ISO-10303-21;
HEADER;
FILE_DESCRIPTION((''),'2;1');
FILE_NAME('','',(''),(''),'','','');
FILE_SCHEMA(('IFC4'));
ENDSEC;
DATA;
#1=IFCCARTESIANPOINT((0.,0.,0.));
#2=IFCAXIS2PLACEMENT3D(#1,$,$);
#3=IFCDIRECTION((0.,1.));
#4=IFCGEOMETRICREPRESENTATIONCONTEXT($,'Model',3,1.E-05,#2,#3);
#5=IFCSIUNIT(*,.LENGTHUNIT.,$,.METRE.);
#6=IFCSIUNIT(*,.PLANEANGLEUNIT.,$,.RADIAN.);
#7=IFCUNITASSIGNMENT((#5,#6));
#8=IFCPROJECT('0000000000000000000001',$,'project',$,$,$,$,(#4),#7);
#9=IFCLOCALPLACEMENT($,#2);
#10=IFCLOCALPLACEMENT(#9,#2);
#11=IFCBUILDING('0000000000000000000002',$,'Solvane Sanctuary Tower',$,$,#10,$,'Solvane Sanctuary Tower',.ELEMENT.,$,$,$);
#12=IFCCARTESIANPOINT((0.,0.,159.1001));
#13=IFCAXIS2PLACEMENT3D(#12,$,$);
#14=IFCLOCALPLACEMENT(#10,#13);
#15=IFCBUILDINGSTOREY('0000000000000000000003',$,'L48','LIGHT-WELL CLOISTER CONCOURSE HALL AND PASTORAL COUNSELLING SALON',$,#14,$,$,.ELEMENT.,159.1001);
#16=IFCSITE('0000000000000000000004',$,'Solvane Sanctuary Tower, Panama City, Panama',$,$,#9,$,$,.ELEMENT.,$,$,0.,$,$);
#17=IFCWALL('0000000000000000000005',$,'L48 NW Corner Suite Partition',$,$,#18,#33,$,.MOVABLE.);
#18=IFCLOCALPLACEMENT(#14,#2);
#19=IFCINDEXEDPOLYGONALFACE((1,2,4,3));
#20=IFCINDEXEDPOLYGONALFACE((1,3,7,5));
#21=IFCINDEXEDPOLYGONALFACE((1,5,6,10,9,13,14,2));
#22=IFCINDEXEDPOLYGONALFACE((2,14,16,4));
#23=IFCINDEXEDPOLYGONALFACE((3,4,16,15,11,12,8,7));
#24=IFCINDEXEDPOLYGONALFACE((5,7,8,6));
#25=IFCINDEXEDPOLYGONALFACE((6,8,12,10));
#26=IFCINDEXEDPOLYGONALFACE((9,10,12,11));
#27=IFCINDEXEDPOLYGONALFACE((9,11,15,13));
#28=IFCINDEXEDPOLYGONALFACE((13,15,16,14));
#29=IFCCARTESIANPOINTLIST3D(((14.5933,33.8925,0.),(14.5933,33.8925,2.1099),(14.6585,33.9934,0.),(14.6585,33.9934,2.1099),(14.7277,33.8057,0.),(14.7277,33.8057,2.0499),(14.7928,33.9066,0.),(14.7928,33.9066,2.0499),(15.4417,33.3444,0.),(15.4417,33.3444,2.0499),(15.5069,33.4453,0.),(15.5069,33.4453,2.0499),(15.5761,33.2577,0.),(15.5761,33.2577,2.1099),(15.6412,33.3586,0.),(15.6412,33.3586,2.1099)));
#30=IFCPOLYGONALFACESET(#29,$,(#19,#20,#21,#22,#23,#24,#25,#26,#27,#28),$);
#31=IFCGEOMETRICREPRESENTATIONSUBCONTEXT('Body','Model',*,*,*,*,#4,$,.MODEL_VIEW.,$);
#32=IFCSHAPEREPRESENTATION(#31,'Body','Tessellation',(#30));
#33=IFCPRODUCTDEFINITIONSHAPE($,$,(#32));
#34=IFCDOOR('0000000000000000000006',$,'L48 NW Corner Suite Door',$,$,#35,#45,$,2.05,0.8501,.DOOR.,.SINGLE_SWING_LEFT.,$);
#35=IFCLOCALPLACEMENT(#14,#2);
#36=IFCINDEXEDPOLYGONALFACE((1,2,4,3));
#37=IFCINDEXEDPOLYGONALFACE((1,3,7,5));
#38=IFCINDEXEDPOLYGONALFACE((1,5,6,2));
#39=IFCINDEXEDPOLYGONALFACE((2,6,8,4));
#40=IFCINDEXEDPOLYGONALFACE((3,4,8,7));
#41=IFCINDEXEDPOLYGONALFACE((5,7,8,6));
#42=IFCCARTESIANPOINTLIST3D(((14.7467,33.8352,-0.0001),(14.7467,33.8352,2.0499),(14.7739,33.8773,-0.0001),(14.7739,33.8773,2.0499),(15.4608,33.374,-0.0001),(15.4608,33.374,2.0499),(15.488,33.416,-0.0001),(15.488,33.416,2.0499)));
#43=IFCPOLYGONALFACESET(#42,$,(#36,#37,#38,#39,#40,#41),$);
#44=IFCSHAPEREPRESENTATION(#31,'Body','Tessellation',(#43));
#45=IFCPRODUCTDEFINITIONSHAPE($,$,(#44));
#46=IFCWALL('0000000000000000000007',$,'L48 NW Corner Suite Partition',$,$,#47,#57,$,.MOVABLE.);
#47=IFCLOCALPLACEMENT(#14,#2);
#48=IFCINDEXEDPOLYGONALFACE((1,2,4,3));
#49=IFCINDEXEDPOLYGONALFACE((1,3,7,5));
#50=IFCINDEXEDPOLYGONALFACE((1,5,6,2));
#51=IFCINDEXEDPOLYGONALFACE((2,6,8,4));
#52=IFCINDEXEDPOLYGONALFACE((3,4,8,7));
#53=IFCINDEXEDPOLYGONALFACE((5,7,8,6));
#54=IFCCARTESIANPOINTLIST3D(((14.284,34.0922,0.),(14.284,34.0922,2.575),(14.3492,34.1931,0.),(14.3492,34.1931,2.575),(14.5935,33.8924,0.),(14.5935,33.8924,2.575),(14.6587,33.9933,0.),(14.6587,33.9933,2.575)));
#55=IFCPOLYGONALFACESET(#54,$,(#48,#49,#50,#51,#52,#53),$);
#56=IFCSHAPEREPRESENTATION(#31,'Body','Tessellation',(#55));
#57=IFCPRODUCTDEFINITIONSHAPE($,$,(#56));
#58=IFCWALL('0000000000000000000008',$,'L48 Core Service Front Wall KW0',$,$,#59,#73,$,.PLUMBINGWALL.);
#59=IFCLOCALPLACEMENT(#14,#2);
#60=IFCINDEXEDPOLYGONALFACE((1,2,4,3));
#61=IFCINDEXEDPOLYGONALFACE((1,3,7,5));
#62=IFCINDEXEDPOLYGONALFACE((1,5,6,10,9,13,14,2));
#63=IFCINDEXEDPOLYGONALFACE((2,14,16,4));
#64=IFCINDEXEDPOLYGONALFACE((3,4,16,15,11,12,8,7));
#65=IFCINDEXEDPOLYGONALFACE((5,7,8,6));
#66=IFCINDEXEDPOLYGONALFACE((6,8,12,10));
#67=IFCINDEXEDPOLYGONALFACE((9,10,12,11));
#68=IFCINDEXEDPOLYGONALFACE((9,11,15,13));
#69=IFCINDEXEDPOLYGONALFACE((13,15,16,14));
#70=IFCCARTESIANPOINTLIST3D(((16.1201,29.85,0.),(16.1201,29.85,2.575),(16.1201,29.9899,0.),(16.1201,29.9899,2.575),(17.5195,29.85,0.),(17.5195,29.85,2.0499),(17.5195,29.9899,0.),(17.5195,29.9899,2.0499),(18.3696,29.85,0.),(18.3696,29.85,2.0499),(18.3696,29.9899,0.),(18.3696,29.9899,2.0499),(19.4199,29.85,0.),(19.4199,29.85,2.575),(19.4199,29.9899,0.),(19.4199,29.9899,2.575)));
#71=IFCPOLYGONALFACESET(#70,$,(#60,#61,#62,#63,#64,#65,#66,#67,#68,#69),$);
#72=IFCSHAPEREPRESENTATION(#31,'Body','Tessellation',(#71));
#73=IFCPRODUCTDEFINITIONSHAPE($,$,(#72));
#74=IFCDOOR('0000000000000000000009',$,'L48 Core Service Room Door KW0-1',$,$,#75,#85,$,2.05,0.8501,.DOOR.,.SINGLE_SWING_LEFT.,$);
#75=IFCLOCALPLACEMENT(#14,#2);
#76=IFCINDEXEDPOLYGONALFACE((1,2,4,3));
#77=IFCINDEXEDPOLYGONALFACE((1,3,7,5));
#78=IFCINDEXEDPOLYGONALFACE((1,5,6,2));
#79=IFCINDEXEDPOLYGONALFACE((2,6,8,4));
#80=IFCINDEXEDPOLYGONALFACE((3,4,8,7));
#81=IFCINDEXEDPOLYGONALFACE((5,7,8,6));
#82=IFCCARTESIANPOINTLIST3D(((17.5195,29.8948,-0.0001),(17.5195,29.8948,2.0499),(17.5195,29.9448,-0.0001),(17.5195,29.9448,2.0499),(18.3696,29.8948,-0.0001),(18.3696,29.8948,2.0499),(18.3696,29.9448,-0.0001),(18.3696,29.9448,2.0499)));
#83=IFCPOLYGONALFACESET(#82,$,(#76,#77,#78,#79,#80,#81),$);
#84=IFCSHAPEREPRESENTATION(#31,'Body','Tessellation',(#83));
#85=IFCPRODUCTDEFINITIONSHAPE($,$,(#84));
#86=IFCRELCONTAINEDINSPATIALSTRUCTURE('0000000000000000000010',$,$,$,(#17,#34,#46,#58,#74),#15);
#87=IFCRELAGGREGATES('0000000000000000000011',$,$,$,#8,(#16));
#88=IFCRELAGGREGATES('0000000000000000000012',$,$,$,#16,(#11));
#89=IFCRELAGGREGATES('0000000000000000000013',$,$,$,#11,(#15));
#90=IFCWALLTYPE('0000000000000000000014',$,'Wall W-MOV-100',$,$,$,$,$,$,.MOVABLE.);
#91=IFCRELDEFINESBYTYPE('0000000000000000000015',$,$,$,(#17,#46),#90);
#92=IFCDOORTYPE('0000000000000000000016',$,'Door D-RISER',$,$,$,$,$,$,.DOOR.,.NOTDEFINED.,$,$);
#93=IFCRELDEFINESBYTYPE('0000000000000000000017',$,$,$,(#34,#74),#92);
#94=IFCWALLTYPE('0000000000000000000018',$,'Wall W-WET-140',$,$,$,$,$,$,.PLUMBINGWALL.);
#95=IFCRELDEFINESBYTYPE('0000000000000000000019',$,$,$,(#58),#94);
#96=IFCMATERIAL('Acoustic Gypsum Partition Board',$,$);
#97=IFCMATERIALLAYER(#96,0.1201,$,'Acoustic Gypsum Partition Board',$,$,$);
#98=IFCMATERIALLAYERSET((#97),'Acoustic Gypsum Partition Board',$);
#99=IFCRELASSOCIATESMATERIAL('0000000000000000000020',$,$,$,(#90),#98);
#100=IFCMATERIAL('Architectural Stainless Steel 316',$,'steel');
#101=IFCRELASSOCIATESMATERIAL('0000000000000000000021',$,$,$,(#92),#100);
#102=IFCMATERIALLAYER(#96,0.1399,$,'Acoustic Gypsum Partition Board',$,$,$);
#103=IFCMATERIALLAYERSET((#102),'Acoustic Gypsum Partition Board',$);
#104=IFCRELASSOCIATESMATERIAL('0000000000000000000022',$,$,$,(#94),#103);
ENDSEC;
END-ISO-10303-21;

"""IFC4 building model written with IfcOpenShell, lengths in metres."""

from ifc_helpers import new_model, si_unit, direction, frame, frame_2d, origin, place, context, subcontext, project, spatial, rectangle, extrude, material, layer, layer_set, type_object, element, fill, save


model = new_model("IFC4")

# Units and contexts
model_context = context("Model", 3, precision=1e-05, world=origin(), true_north=direction((0.0, 1.0)))
body_context = subcontext(model_context, "Body", "Model", "MODEL_VIEW")
ifc_project = project(units=[si_unit("LENGTHUNIT", "METRE"), si_unit("PLANEANGLEUNIT", "RADIAN")], contexts=[model_context])

# Site, building, storey
site_placement = place(None, origin())
site = spatial("IfcSite", under=ifc_project, at=site_placement, Name="Solvane Sanctuary Tower, Panama City, Panama", CompositionType="ELEMENT", RefElevation=0.0)
building_placement = place(site_placement, origin())
building = spatial("IfcBuilding", under=site, at=building_placement, Name="Solvane Sanctuary Tower", LongName="Solvane Sanctuary Tower", CompositionType="ELEMENT")
storey_placement = place(building_placement, frame((0.0, 0.0, 159.1001)))
storey = spatial("IfcBuildingStorey", under=building, at=storey_placement, Name="L48", Description="LIGHT-WELL CLOISTER CONCOURSE HALL AND PASTORAL COUNSELLING SALON", CompositionType="ELEMENT", Elevation=159.1001)

# Shared definitions
ifc_material_1 = material(Name="Acoustic Gypsum Partition Board")

# Shared definitions
ifc_layer_1 = layer(ifc_material_1, 0.1201, Name="Acoustic Gypsum Partition Board")
ifc_layer_set_1 = layer_set([ifc_layer_1], Name="Acoustic Gypsum Partition Board")
wall_type_1 = type_object("IfcWallType", Name="Wall W-MOV-100", PredefinedType="MOVABLE", material=ifc_layer_set_1)

# Wall, opening, door
wall_1_placement = place(storey_placement, frame((15.6086, 33.3081, 0.0), z_axis=(0.0, 0.0, 1.0), x_axis=(-0.83999, 0.542602, 0.0)))
wall_1 = element("IfcWall", 1, at=wall_1_placement, inside=storey, type_object=wall_type_1, Name="L48 NW Corner Suite Partition", PredefinedType="MOVABLE", context=body_context, shape_type="SweptSolid", body=[
    extrude(rectangle(XDim=1.1699, YDim=0.1201, at=frame_2d((0.585, 0.0))), origin(), (0.0, 0.0, 1.0), 2.1099),
])
opening_1_placement = place(wall_1_placement, frame((0.1599, 0.0, 0.0)))
opening_1 = element("IfcOpeningElement", 2, at=opening_1_placement, cuts=wall_1, PredefinedType="OPENING", context=body_context, shape_type="SweptSolid", body=[
    extrude(rectangle(XDim=0.8501, YDim=2.05, at=frame_2d((0.425, 1.0249))), frame((0.0, 0.0701, 0.0), z_axis=(0.0, -1.0, 0.0), x_axis=(1.0, 0.0, 0.0)), (0.0, 0.0, 1.0), 0.1401),
])
ifc_material_2 = material(Name="Architectural Stainless Steel 316", Category="steel")
door_type_1 = type_object("IfcDoorType", Name="Door D-RISER", OperationType="NOTDEFINED", PredefinedType="DOOR", material=ifc_material_2)
door_1_placement = place(opening_1_placement, origin())
door_1 = element("IfcDoor", 3, at=door_1_placement, inside=storey, type_object=door_type_1, Name="L48 NW Corner Suite Door", OperationType="SINGLE_SWING_LEFT", OverallHeight=2.05, OverallWidth=0.8501, PredefinedType="DOOR", context=body_context, shape_type="SweptSolid", body=[
    extrude(rectangle(XDim=0.8501, YDim=2.05, at=frame_2d((0.425, 1.0249))), frame((0.0, 0.0249, 0.0), z_axis=(0.0, -1.0, 0.0), x_axis=(1.0, 0.0, 0.0)), (0.0, 0.0, 1.0), 0.05),
])
fill(opening_1, door_1)

# Wall
wall_2_placement = place(storey_placement, frame((14.626, 33.9429, 0.0), z_axis=(0.0, 0.0, 1.0), x_axis=(-0.840014, 0.542564, 0.0)))
element("IfcWall", 4, at=wall_2_placement, inside=storey, type_object=wall_type_1, Name="L48 NW Corner Suite Partition", PredefinedType="MOVABLE", context=body_context, shape_type="SweptSolid", body=[
    extrude(rectangle(XDim=0.3684, YDim=0.1201, at=frame_2d((0.1841, 0.0))), origin(), (0.0, 0.0, 1.0), 2.575),
])

# Wall, opening, door
ifc_layer_2 = layer(ifc_material_1, 0.1399, Name="Acoustic Gypsum Partition Board")
ifc_layer_set_2 = layer_set([ifc_layer_2], Name="Acoustic Gypsum Partition Board")
wall_type_2 = type_object("IfcWallType", Name="Wall W-WET-140", PredefinedType="PLUMBINGWALL", material=ifc_layer_set_2)
wall_3_placement = place(storey_placement, frame((16.1201, 29.9199, 0.0), z_axis=(0.0, 0.0, 1.0), x_axis=(1.0, 0.0, 0.0)))
wall_3 = element("IfcWall", 5, at=wall_3_placement, inside=storey, type_object=wall_type_2, Name="L48 Core Service Front Wall KW0", PredefinedType="PLUMBINGWALL", context=body_context, shape_type="SweptSolid", body=[
    extrude(rectangle(XDim=3.2998, YDim=0.1399, at=frame_2d((1.6499, 0.0))), origin(), (0.0, 0.0, 1.0), 2.575),
])
opening_2_placement = place(wall_3_placement, frame((1.3994, 0.0, 0.0)))
opening_2 = element("IfcOpeningElement", 6, at=opening_2_placement, cuts=wall_3, PredefinedType="OPENING", context=body_context, shape_type="SweptSolid", body=[
    extrude(rectangle(XDim=0.8501, YDim=2.05, at=frame_2d((0.425, 1.0249))), frame((0.0, 0.0798, 0.0), z_axis=(0.0, -1.0, 0.0), x_axis=(1.0, 0.0, 0.0)), (0.0, 0.0, 1.0), 0.1599),
])
door_2_placement = place(opening_2_placement, origin())
door_2 = element("IfcDoor", 7, at=door_2_placement, inside=storey, type_object=door_type_1, Name="L48 Core Service Room Door KW0-1", OperationType="SINGLE_SWING_LEFT", OverallHeight=2.05, OverallWidth=0.8501, PredefinedType="DOOR", context=body_context, shape_type="SweptSolid", body=[
    extrude(rectangle(XDim=0.8501, YDim=2.05, at=frame_2d((0.425, 1.0249))), frame((0.0, 0.0249, 0.0), z_axis=(0.0, -1.0, 0.0), x_axis=(1.0, 0.0, 0.0)), (0.0, 0.0, 1.0), 0.05),
])
fill(opening_2, door_2)

save(model, "model.ifc")
